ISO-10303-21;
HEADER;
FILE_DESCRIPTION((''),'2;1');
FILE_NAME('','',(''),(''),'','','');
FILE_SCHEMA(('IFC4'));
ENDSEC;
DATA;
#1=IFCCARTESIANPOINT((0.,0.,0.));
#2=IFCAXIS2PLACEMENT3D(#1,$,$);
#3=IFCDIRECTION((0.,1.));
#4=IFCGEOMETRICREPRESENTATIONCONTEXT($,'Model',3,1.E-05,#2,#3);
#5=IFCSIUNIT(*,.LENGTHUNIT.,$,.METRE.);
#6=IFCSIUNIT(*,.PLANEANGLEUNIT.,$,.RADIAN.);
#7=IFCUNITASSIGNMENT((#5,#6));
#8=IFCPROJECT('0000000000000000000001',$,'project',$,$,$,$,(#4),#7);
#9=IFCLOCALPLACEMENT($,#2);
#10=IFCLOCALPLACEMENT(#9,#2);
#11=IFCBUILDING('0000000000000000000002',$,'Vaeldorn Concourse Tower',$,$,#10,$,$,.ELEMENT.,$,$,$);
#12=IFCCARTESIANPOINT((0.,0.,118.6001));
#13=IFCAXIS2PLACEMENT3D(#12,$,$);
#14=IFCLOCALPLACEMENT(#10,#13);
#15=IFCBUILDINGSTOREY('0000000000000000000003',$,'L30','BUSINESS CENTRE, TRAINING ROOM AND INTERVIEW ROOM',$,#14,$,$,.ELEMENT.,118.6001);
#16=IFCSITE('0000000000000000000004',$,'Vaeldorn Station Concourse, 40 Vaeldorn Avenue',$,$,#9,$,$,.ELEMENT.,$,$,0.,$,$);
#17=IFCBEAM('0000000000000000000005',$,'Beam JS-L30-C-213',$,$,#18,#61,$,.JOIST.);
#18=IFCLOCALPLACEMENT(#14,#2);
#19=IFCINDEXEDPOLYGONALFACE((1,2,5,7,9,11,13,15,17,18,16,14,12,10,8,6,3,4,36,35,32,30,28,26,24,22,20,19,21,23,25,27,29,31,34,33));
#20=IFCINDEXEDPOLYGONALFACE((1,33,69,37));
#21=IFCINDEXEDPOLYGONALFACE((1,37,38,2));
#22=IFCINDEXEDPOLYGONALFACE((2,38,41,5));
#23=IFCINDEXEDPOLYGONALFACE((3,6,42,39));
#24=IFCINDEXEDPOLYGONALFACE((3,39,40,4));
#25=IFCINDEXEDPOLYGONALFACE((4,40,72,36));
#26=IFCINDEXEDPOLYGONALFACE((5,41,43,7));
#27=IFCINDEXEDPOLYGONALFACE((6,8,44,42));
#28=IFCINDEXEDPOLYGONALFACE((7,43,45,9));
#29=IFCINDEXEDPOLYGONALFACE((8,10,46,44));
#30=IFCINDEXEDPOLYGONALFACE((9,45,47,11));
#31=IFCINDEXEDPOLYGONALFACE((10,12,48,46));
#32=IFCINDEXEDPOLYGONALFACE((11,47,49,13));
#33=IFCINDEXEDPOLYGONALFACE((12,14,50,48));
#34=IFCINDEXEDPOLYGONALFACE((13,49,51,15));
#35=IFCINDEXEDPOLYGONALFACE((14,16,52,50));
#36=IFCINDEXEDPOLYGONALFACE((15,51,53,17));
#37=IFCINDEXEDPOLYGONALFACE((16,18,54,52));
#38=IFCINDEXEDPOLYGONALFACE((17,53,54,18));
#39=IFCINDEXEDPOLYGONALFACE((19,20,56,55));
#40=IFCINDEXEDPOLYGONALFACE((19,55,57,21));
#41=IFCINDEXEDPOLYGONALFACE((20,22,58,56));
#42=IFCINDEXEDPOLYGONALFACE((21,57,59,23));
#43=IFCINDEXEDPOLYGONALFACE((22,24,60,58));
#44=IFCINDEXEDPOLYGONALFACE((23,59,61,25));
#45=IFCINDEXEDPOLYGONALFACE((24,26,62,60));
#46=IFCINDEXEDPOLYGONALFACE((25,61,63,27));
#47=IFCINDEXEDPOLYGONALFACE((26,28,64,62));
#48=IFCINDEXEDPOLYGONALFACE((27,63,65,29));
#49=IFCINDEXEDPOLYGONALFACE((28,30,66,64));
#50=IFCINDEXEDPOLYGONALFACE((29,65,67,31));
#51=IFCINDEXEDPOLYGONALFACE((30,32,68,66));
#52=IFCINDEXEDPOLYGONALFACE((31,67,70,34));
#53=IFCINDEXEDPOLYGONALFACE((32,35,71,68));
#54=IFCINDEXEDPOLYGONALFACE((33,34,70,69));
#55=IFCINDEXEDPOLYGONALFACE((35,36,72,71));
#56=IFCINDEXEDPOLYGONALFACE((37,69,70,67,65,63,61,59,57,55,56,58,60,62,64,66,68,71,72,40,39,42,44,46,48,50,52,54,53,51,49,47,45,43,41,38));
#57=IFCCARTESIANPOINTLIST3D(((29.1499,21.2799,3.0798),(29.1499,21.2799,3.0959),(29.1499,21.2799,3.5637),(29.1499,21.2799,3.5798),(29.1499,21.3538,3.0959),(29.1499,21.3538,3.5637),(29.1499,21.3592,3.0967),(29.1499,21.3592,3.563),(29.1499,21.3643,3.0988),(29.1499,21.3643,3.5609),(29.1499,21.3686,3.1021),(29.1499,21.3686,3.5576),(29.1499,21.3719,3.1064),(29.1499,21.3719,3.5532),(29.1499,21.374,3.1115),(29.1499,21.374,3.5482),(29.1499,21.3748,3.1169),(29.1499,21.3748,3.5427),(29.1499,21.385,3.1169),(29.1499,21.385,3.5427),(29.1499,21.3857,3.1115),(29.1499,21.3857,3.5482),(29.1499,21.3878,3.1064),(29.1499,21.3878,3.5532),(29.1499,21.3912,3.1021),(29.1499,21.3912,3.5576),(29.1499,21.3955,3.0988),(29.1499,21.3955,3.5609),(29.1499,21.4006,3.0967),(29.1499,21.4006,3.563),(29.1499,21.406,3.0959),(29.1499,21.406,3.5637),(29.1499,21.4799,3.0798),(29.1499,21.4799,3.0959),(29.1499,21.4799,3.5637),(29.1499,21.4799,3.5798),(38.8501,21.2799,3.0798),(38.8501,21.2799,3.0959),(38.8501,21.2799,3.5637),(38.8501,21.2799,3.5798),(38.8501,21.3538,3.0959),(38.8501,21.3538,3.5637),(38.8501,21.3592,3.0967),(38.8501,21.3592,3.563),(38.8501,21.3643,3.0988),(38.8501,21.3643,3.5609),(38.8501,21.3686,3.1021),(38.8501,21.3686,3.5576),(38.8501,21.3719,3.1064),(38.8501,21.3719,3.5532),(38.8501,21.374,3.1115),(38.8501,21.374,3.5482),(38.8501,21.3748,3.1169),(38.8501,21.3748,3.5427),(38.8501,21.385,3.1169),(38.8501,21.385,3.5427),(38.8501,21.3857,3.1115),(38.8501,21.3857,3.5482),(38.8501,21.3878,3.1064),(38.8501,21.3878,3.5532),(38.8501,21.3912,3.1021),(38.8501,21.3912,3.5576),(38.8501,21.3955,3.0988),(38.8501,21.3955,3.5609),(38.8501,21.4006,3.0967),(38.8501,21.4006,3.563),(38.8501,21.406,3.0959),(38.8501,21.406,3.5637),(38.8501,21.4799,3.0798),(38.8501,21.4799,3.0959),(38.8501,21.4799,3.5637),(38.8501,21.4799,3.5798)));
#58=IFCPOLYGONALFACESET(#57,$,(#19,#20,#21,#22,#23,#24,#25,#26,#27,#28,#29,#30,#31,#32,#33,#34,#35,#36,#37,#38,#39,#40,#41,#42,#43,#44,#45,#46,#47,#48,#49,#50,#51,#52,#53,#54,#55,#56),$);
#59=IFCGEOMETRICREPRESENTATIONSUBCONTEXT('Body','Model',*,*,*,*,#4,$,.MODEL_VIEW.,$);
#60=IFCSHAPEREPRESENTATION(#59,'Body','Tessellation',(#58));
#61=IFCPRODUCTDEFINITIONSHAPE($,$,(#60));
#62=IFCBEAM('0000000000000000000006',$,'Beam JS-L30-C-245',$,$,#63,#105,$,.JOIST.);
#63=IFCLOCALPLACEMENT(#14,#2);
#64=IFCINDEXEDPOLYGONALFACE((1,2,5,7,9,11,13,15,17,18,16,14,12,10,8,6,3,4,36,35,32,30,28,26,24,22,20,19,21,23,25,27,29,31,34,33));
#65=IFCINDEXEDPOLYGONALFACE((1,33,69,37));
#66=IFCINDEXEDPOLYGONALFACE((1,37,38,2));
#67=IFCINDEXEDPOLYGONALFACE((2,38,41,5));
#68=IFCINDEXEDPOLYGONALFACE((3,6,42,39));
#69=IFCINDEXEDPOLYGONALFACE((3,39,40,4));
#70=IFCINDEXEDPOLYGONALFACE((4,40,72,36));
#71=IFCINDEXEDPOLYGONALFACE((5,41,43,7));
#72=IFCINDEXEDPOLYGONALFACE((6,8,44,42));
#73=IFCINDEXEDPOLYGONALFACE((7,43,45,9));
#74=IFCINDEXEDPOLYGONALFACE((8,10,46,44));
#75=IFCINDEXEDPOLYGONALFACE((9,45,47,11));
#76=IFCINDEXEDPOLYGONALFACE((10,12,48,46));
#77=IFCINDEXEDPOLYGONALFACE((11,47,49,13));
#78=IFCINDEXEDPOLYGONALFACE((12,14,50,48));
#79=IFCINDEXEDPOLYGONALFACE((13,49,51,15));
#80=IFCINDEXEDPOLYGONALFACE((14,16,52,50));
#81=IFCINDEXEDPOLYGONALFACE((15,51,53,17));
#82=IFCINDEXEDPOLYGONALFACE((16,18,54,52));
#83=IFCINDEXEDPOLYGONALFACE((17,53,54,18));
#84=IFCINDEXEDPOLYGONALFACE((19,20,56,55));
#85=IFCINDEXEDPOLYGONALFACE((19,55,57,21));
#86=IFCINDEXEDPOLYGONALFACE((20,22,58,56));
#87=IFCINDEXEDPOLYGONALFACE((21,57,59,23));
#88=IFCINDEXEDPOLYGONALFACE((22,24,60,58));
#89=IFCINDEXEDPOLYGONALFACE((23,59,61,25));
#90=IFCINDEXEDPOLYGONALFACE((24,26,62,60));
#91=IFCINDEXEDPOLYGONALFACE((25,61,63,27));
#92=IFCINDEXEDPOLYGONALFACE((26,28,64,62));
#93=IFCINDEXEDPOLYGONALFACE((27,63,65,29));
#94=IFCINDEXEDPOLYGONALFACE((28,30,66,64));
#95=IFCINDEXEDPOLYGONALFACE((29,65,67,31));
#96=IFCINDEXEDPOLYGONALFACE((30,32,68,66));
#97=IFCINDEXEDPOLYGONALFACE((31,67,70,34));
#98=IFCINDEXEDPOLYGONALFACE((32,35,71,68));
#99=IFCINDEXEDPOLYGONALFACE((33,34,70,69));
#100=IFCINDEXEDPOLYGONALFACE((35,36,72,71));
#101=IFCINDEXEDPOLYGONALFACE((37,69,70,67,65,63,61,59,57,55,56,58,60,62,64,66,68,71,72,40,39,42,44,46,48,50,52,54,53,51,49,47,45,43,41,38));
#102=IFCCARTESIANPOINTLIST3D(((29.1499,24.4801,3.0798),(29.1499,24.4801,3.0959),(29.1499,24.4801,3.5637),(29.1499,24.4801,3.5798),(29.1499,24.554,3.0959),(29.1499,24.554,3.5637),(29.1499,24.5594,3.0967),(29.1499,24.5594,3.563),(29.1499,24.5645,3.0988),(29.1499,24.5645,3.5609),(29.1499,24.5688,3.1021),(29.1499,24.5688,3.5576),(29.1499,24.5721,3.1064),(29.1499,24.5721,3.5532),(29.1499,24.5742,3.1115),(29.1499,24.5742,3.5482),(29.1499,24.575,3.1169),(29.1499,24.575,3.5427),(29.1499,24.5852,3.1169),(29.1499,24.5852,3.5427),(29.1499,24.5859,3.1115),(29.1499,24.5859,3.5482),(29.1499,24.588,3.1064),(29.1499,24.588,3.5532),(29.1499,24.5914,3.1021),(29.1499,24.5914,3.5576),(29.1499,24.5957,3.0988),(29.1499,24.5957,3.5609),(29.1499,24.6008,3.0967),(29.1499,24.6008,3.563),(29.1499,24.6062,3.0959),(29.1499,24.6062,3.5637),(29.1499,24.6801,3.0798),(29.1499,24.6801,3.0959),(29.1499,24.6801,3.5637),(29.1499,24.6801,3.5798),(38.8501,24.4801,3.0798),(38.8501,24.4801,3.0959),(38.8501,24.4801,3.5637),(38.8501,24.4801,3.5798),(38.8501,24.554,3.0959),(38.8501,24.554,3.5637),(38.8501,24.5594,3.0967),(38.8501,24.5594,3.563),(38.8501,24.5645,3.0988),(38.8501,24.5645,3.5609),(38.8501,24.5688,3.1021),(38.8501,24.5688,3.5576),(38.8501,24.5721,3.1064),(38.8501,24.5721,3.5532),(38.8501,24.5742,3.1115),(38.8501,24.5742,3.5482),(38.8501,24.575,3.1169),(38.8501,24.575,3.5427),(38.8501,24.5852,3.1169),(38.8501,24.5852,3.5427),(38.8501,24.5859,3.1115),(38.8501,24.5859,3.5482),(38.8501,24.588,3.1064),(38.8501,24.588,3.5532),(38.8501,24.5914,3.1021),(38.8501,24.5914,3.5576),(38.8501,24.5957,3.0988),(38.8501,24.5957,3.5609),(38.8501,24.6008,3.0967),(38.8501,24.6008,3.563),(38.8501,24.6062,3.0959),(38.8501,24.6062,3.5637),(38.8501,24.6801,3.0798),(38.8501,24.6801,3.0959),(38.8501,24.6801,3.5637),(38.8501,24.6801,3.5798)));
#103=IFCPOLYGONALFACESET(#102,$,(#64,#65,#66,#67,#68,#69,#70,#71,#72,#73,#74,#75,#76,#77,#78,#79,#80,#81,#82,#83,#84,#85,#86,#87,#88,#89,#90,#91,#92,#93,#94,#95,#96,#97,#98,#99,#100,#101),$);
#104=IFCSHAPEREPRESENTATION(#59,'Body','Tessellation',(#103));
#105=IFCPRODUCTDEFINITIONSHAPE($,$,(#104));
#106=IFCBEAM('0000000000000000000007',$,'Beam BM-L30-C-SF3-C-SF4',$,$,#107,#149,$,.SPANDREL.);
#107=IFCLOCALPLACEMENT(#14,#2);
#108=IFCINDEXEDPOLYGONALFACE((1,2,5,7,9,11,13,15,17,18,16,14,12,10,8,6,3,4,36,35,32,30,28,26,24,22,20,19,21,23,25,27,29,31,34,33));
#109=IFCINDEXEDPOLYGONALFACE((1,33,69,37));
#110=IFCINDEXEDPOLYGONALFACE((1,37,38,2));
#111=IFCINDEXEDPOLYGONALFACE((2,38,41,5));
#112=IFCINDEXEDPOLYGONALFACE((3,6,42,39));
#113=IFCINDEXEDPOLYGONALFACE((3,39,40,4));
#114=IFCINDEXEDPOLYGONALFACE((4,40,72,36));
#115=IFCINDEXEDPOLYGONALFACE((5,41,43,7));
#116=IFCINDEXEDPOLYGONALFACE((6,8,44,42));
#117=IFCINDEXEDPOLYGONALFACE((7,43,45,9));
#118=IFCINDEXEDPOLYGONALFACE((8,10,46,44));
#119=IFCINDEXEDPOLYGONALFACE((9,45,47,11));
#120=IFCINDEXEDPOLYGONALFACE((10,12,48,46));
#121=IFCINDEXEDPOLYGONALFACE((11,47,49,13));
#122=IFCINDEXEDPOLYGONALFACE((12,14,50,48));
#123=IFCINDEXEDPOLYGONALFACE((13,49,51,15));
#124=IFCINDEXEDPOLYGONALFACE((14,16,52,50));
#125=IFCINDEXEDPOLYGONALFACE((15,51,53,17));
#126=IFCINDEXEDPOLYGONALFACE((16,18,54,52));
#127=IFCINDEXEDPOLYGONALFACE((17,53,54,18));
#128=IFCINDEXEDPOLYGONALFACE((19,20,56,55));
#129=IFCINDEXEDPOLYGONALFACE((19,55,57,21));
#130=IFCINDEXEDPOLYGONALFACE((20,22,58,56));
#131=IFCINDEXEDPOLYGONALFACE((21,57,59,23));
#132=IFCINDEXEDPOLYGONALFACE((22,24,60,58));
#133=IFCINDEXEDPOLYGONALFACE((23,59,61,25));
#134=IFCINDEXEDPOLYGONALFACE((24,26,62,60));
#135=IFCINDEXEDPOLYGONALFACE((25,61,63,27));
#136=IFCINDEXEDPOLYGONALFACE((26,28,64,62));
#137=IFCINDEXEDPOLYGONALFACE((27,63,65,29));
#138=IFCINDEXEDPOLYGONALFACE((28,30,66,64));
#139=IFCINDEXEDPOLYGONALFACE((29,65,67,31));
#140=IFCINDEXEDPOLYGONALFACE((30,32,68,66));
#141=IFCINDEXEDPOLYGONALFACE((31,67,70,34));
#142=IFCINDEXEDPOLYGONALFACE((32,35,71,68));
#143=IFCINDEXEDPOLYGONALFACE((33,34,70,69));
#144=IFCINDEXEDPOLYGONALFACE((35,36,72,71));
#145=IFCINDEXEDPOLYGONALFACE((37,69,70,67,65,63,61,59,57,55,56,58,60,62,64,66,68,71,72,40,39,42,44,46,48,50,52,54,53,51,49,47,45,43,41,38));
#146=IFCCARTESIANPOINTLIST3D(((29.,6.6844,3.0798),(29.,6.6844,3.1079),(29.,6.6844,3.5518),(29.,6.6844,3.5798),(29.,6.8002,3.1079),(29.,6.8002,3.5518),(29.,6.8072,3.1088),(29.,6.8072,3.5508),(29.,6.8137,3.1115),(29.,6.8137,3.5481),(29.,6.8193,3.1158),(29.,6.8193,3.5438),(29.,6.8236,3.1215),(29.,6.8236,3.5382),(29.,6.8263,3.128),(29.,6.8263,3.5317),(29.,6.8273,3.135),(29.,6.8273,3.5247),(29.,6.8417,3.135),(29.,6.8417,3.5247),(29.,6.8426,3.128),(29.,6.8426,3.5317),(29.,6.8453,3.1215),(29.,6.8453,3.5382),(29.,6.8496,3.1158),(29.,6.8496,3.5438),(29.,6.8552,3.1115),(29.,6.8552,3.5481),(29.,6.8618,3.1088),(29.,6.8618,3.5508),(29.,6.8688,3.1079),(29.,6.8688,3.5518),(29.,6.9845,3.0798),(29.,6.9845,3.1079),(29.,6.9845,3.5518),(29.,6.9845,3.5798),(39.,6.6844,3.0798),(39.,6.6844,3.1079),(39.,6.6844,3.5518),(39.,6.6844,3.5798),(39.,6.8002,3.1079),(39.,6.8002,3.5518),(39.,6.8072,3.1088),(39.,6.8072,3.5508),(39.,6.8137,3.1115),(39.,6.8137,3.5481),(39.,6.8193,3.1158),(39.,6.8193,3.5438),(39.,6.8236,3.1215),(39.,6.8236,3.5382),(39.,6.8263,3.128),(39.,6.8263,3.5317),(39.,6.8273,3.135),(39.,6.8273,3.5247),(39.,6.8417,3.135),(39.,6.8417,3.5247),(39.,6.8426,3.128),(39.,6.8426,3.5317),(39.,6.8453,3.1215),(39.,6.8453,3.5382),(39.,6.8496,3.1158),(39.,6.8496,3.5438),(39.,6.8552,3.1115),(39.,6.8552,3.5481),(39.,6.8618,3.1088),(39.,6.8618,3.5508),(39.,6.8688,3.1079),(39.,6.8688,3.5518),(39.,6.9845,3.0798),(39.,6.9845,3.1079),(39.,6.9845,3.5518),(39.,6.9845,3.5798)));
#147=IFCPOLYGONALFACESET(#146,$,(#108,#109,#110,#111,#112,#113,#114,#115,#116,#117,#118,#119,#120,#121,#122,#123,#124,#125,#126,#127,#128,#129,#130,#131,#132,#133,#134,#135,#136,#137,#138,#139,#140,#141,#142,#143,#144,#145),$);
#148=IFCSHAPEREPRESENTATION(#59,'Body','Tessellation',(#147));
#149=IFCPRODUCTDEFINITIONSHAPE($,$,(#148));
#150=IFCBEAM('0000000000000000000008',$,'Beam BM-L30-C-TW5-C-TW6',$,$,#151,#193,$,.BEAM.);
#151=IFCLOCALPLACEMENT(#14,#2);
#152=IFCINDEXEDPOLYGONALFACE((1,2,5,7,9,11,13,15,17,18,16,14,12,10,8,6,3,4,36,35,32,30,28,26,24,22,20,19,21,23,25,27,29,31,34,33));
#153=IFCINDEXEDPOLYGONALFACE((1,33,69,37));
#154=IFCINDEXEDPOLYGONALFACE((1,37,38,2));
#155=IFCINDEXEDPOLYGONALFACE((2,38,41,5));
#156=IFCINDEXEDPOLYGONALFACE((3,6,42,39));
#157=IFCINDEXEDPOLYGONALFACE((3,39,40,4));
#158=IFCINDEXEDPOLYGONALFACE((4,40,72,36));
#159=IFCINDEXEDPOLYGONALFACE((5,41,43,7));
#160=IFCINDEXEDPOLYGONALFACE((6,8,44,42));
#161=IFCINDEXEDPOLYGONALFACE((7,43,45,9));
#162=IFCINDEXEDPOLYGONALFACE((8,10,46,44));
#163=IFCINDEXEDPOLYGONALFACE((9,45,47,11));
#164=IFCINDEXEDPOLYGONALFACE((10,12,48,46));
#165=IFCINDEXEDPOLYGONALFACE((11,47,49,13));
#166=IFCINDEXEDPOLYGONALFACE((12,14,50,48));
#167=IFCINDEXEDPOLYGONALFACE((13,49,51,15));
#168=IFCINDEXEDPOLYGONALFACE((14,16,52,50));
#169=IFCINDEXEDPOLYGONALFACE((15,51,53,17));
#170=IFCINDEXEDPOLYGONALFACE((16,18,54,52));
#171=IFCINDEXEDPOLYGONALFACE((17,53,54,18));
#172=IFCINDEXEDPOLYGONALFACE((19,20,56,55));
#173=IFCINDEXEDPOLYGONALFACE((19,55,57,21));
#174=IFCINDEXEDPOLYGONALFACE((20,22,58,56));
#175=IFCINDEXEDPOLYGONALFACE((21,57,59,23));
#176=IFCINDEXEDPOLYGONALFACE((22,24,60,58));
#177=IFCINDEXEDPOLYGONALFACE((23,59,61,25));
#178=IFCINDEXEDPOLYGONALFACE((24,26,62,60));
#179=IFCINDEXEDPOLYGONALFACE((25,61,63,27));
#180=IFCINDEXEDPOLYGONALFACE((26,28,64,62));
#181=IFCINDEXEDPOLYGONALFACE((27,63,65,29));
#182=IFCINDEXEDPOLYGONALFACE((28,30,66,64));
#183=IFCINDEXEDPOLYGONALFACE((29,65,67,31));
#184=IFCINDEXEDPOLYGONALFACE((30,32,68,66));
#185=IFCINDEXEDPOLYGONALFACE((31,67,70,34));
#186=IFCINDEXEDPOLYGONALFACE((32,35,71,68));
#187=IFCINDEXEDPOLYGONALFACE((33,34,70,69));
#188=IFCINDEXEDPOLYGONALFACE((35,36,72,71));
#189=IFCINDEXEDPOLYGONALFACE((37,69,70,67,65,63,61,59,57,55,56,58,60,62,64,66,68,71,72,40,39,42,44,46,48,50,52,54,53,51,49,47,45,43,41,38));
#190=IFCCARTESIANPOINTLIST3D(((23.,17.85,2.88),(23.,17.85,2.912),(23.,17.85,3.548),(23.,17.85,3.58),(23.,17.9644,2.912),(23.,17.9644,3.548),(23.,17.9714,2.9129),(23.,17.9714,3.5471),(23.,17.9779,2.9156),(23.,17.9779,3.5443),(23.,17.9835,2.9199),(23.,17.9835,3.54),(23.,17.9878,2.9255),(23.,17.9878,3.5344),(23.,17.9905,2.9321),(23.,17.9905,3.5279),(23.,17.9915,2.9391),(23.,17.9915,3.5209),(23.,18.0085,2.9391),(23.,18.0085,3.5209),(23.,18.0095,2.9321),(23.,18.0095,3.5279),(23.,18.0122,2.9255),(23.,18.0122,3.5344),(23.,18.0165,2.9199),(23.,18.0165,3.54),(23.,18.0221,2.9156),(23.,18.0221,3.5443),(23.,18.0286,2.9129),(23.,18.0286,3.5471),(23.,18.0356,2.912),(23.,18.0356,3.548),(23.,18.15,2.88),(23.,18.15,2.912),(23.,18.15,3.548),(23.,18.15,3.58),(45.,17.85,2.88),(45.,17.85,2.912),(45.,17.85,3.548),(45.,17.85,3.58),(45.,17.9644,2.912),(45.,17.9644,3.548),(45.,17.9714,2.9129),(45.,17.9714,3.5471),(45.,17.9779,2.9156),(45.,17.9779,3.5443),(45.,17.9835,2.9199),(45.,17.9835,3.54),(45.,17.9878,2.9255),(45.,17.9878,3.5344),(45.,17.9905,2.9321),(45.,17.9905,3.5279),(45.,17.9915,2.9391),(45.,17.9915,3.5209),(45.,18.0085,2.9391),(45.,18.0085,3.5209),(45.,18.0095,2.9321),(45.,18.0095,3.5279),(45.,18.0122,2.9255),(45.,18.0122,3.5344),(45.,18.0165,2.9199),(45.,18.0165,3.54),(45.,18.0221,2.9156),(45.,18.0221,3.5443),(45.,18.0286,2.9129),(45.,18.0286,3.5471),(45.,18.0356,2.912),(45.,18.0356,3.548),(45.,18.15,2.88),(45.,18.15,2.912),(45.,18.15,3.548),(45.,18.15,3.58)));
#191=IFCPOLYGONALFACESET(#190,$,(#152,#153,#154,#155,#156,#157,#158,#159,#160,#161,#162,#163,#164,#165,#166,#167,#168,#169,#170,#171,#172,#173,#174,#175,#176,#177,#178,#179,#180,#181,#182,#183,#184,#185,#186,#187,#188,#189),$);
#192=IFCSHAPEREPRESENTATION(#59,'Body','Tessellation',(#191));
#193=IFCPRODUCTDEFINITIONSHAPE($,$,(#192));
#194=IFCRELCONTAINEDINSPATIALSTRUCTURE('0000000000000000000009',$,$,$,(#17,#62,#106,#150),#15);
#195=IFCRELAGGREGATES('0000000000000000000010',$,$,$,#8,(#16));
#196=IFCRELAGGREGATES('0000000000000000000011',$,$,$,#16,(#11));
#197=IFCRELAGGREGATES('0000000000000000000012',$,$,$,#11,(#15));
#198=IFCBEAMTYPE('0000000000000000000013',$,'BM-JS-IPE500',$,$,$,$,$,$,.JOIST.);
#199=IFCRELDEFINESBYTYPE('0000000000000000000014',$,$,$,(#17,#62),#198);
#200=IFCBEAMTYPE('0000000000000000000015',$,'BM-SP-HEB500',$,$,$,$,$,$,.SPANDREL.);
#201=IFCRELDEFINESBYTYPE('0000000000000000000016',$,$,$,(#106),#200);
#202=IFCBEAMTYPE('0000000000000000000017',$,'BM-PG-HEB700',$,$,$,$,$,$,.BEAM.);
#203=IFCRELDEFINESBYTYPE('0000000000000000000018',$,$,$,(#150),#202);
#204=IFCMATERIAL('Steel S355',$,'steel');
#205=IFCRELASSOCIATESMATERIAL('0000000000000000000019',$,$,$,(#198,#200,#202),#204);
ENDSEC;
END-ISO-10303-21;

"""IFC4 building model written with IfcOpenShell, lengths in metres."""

from ifc_helpers import new_model, si_unit, direction, frame, origin, origin_2d, place, context, subcontext, project, spatial, i_section, extrude, source, transform, mapped, material, material_profile, profile_set, type_object, element, save


model = new_model("IFC4")

# Units and contexts
model_context = context("Model", 3, precision=1e-05, world=origin(), true_north=direction((0.0, 1.0)))
body_context = subcontext(model_context, "Body", "Model", "MODEL_VIEW")
ifc_project = project(units=[si_unit("LENGTHUNIT", "METRE"), si_unit("PLANEANGLEUNIT", "RADIAN")], contexts=[model_context])

# Site, building, storey
site_placement = place(None, origin())
site = spatial("IfcSite", under=ifc_project, at=site_placement, Name="Vaeldorn Station Concourse, 40 Vaeldorn Avenue", CompositionType="ELEMENT", RefElevation=0.0)
building_placement = place(site_placement, origin())
building = spatial("IfcBuilding", under=site, at=building_placement, Name="Vaeldorn Concourse Tower", CompositionType="ELEMENT")
storey_placement = place(building_placement, frame((0.0, 0.0, 118.6001)))
storey = spatial("IfcBuildingStorey", under=building, at=storey_placement, Name="L30", Description="BUSINESS CENTRE, TRAINING ROOM AND INTERVIEW ROOM", CompositionType="ELEMENT", Elevation=118.6001)

# Beams
ifc_material_1 = material(Name="Steel S355", Category="steel")
ifc_material_profile_1 = material_profile(ifc_material_1, i_section(OverallWidth=0.2, OverallDepth=0.5, WebThickness=0.0103, FlangeThickness=0.0161, FilletRadius=0.021, at=origin_2d()), Name="IPE 500")
ifc_profile_set_1 = profile_set([ifc_material_profile_1], Name="Steel S355")
beam_type_1 = type_object("IfcBeamType", Name="BM-JS-IPE500", PredefinedType="JOIST", material=ifc_profile_set_1)
shared_shape_1 = source(origin(), body_context, "Body", "SweptSolid", [
    extrude(i_section(OverallWidth=0.2, OverallDepth=0.5, WebThickness=0.0103, FlangeThickness=0.0161, FilletRadius=0.021, at=origin_2d()), origin(), (0.0, 0.0, 1.0), 9.7002),
])
for number, where, z_axis, x_axis, name in (
    (1, (29.1499, 21.3799, 3.3298), (1.0, 0.0, 0.0), (0.0, 1.0, 0.0), "Beam JS-L30-C-213"),
    (2, (29.1499, 24.5801, 3.3298), (1.0, 0.0, 0.0), (0.0, 1.0, 0.0), "Beam JS-L30-C-245"),
):
    element("IfcBeam", number, at=place(storey_placement, frame(where, z_axis=z_axis, x_axis=x_axis)), inside=storey, type_object=beam_type_1, Name=name, PredefinedType="JOIST", context=body_context, shape_type="MappedRepresentation", body=[
        mapped(shared_shape_1, transform((0.0, 0.0, 0.0), scale=1.0)),
    ])
ifc_material_profile_2 = material_profile(ifc_material_1, i_section(OverallWidth=0.3, OverallDepth=0.5, WebThickness=0.0144, FlangeThickness=0.0281, FilletRadius=0.0271, at=origin_2d()), Name="HEB 500")
ifc_profile_set_2 = profile_set([ifc_material_profile_2], Name="Steel S355")
beam_type_2 = type_object("IfcBeamType", Name="BM-SP-HEB500", PredefinedType="SPANDREL", material=ifc_profile_set_2)
shared_shape_2 = source(origin(), body_context, "Body", "SweptSolid", [
    extrude(i_section(OverallWidth=0.3, OverallDepth=0.5, WebThickness=0.0144, FlangeThickness=0.0281, FilletRadius=0.0271, at=origin_2d()), origin(), (0.0, 0.0, 1.0), 10.0),
])
beam_1_placement = place(storey_placement, frame((29.0, 6.8345, 3.3298), z_axis=(1.0, 0.0, 0.0), x_axis=(0.0, 1.0, 0.0)))
element("IfcBeam", 3, at=beam_1_placement, inside=storey, type_object=beam_type_2, Name="Beam BM-L30-C-SF3-C-SF4", PredefinedType="SPANDREL", context=body_context, shape_type="MappedRepresentation", body=[
    mapped(shared_shape_2, transform((0.0, 0.0, 0.0), scale=1.0)),
])
ifc_material_profile_3 = material_profile(ifc_material_1, i_section(OverallWidth=0.3, OverallDepth=0.7, WebThickness=0.0171, FlangeThickness=0.032, FilletRadius=0.0271, at=origin_2d()), Name="HEB 700")
ifc_profile_set_3 = profile_set([ifc_material_profile_3], Name="Steel S355")
beam_type_3 = type_object("IfcBeamType", Name="BM-PG-HEB700", PredefinedType="BEAM", material=ifc_profile_set_3)
shared_shape_3 = source(origin(), body_context, "Body", "SweptSolid", [
    extrude(i_section(OverallWidth=0.3, OverallDepth=0.7, WebThickness=0.0171, FlangeThickness=0.032, FilletRadius=0.0271, at=origin_2d()), origin(), (0.0, 0.0, 1.0), 22.0),
])
beam_2_placement = place(storey_placement, frame((23.0, 18.0, 3.23), z_axis=(1.0, 0.0, 0.0), x_axis=(0.0, 1.0, 0.0)))
element("IfcBeam", 4, at=beam_2_placement, inside=storey, type_object=beam_type_3, Name="Beam BM-L30-C-TW5-C-TW6", PredefinedType="BEAM", context=body_context, shape_type="MappedRepresentation", body=[
    mapped(shared_shape_3, transform((0.0, 0.0, 0.0), scale=1.0)),
])

save(model, "model.ifc")
